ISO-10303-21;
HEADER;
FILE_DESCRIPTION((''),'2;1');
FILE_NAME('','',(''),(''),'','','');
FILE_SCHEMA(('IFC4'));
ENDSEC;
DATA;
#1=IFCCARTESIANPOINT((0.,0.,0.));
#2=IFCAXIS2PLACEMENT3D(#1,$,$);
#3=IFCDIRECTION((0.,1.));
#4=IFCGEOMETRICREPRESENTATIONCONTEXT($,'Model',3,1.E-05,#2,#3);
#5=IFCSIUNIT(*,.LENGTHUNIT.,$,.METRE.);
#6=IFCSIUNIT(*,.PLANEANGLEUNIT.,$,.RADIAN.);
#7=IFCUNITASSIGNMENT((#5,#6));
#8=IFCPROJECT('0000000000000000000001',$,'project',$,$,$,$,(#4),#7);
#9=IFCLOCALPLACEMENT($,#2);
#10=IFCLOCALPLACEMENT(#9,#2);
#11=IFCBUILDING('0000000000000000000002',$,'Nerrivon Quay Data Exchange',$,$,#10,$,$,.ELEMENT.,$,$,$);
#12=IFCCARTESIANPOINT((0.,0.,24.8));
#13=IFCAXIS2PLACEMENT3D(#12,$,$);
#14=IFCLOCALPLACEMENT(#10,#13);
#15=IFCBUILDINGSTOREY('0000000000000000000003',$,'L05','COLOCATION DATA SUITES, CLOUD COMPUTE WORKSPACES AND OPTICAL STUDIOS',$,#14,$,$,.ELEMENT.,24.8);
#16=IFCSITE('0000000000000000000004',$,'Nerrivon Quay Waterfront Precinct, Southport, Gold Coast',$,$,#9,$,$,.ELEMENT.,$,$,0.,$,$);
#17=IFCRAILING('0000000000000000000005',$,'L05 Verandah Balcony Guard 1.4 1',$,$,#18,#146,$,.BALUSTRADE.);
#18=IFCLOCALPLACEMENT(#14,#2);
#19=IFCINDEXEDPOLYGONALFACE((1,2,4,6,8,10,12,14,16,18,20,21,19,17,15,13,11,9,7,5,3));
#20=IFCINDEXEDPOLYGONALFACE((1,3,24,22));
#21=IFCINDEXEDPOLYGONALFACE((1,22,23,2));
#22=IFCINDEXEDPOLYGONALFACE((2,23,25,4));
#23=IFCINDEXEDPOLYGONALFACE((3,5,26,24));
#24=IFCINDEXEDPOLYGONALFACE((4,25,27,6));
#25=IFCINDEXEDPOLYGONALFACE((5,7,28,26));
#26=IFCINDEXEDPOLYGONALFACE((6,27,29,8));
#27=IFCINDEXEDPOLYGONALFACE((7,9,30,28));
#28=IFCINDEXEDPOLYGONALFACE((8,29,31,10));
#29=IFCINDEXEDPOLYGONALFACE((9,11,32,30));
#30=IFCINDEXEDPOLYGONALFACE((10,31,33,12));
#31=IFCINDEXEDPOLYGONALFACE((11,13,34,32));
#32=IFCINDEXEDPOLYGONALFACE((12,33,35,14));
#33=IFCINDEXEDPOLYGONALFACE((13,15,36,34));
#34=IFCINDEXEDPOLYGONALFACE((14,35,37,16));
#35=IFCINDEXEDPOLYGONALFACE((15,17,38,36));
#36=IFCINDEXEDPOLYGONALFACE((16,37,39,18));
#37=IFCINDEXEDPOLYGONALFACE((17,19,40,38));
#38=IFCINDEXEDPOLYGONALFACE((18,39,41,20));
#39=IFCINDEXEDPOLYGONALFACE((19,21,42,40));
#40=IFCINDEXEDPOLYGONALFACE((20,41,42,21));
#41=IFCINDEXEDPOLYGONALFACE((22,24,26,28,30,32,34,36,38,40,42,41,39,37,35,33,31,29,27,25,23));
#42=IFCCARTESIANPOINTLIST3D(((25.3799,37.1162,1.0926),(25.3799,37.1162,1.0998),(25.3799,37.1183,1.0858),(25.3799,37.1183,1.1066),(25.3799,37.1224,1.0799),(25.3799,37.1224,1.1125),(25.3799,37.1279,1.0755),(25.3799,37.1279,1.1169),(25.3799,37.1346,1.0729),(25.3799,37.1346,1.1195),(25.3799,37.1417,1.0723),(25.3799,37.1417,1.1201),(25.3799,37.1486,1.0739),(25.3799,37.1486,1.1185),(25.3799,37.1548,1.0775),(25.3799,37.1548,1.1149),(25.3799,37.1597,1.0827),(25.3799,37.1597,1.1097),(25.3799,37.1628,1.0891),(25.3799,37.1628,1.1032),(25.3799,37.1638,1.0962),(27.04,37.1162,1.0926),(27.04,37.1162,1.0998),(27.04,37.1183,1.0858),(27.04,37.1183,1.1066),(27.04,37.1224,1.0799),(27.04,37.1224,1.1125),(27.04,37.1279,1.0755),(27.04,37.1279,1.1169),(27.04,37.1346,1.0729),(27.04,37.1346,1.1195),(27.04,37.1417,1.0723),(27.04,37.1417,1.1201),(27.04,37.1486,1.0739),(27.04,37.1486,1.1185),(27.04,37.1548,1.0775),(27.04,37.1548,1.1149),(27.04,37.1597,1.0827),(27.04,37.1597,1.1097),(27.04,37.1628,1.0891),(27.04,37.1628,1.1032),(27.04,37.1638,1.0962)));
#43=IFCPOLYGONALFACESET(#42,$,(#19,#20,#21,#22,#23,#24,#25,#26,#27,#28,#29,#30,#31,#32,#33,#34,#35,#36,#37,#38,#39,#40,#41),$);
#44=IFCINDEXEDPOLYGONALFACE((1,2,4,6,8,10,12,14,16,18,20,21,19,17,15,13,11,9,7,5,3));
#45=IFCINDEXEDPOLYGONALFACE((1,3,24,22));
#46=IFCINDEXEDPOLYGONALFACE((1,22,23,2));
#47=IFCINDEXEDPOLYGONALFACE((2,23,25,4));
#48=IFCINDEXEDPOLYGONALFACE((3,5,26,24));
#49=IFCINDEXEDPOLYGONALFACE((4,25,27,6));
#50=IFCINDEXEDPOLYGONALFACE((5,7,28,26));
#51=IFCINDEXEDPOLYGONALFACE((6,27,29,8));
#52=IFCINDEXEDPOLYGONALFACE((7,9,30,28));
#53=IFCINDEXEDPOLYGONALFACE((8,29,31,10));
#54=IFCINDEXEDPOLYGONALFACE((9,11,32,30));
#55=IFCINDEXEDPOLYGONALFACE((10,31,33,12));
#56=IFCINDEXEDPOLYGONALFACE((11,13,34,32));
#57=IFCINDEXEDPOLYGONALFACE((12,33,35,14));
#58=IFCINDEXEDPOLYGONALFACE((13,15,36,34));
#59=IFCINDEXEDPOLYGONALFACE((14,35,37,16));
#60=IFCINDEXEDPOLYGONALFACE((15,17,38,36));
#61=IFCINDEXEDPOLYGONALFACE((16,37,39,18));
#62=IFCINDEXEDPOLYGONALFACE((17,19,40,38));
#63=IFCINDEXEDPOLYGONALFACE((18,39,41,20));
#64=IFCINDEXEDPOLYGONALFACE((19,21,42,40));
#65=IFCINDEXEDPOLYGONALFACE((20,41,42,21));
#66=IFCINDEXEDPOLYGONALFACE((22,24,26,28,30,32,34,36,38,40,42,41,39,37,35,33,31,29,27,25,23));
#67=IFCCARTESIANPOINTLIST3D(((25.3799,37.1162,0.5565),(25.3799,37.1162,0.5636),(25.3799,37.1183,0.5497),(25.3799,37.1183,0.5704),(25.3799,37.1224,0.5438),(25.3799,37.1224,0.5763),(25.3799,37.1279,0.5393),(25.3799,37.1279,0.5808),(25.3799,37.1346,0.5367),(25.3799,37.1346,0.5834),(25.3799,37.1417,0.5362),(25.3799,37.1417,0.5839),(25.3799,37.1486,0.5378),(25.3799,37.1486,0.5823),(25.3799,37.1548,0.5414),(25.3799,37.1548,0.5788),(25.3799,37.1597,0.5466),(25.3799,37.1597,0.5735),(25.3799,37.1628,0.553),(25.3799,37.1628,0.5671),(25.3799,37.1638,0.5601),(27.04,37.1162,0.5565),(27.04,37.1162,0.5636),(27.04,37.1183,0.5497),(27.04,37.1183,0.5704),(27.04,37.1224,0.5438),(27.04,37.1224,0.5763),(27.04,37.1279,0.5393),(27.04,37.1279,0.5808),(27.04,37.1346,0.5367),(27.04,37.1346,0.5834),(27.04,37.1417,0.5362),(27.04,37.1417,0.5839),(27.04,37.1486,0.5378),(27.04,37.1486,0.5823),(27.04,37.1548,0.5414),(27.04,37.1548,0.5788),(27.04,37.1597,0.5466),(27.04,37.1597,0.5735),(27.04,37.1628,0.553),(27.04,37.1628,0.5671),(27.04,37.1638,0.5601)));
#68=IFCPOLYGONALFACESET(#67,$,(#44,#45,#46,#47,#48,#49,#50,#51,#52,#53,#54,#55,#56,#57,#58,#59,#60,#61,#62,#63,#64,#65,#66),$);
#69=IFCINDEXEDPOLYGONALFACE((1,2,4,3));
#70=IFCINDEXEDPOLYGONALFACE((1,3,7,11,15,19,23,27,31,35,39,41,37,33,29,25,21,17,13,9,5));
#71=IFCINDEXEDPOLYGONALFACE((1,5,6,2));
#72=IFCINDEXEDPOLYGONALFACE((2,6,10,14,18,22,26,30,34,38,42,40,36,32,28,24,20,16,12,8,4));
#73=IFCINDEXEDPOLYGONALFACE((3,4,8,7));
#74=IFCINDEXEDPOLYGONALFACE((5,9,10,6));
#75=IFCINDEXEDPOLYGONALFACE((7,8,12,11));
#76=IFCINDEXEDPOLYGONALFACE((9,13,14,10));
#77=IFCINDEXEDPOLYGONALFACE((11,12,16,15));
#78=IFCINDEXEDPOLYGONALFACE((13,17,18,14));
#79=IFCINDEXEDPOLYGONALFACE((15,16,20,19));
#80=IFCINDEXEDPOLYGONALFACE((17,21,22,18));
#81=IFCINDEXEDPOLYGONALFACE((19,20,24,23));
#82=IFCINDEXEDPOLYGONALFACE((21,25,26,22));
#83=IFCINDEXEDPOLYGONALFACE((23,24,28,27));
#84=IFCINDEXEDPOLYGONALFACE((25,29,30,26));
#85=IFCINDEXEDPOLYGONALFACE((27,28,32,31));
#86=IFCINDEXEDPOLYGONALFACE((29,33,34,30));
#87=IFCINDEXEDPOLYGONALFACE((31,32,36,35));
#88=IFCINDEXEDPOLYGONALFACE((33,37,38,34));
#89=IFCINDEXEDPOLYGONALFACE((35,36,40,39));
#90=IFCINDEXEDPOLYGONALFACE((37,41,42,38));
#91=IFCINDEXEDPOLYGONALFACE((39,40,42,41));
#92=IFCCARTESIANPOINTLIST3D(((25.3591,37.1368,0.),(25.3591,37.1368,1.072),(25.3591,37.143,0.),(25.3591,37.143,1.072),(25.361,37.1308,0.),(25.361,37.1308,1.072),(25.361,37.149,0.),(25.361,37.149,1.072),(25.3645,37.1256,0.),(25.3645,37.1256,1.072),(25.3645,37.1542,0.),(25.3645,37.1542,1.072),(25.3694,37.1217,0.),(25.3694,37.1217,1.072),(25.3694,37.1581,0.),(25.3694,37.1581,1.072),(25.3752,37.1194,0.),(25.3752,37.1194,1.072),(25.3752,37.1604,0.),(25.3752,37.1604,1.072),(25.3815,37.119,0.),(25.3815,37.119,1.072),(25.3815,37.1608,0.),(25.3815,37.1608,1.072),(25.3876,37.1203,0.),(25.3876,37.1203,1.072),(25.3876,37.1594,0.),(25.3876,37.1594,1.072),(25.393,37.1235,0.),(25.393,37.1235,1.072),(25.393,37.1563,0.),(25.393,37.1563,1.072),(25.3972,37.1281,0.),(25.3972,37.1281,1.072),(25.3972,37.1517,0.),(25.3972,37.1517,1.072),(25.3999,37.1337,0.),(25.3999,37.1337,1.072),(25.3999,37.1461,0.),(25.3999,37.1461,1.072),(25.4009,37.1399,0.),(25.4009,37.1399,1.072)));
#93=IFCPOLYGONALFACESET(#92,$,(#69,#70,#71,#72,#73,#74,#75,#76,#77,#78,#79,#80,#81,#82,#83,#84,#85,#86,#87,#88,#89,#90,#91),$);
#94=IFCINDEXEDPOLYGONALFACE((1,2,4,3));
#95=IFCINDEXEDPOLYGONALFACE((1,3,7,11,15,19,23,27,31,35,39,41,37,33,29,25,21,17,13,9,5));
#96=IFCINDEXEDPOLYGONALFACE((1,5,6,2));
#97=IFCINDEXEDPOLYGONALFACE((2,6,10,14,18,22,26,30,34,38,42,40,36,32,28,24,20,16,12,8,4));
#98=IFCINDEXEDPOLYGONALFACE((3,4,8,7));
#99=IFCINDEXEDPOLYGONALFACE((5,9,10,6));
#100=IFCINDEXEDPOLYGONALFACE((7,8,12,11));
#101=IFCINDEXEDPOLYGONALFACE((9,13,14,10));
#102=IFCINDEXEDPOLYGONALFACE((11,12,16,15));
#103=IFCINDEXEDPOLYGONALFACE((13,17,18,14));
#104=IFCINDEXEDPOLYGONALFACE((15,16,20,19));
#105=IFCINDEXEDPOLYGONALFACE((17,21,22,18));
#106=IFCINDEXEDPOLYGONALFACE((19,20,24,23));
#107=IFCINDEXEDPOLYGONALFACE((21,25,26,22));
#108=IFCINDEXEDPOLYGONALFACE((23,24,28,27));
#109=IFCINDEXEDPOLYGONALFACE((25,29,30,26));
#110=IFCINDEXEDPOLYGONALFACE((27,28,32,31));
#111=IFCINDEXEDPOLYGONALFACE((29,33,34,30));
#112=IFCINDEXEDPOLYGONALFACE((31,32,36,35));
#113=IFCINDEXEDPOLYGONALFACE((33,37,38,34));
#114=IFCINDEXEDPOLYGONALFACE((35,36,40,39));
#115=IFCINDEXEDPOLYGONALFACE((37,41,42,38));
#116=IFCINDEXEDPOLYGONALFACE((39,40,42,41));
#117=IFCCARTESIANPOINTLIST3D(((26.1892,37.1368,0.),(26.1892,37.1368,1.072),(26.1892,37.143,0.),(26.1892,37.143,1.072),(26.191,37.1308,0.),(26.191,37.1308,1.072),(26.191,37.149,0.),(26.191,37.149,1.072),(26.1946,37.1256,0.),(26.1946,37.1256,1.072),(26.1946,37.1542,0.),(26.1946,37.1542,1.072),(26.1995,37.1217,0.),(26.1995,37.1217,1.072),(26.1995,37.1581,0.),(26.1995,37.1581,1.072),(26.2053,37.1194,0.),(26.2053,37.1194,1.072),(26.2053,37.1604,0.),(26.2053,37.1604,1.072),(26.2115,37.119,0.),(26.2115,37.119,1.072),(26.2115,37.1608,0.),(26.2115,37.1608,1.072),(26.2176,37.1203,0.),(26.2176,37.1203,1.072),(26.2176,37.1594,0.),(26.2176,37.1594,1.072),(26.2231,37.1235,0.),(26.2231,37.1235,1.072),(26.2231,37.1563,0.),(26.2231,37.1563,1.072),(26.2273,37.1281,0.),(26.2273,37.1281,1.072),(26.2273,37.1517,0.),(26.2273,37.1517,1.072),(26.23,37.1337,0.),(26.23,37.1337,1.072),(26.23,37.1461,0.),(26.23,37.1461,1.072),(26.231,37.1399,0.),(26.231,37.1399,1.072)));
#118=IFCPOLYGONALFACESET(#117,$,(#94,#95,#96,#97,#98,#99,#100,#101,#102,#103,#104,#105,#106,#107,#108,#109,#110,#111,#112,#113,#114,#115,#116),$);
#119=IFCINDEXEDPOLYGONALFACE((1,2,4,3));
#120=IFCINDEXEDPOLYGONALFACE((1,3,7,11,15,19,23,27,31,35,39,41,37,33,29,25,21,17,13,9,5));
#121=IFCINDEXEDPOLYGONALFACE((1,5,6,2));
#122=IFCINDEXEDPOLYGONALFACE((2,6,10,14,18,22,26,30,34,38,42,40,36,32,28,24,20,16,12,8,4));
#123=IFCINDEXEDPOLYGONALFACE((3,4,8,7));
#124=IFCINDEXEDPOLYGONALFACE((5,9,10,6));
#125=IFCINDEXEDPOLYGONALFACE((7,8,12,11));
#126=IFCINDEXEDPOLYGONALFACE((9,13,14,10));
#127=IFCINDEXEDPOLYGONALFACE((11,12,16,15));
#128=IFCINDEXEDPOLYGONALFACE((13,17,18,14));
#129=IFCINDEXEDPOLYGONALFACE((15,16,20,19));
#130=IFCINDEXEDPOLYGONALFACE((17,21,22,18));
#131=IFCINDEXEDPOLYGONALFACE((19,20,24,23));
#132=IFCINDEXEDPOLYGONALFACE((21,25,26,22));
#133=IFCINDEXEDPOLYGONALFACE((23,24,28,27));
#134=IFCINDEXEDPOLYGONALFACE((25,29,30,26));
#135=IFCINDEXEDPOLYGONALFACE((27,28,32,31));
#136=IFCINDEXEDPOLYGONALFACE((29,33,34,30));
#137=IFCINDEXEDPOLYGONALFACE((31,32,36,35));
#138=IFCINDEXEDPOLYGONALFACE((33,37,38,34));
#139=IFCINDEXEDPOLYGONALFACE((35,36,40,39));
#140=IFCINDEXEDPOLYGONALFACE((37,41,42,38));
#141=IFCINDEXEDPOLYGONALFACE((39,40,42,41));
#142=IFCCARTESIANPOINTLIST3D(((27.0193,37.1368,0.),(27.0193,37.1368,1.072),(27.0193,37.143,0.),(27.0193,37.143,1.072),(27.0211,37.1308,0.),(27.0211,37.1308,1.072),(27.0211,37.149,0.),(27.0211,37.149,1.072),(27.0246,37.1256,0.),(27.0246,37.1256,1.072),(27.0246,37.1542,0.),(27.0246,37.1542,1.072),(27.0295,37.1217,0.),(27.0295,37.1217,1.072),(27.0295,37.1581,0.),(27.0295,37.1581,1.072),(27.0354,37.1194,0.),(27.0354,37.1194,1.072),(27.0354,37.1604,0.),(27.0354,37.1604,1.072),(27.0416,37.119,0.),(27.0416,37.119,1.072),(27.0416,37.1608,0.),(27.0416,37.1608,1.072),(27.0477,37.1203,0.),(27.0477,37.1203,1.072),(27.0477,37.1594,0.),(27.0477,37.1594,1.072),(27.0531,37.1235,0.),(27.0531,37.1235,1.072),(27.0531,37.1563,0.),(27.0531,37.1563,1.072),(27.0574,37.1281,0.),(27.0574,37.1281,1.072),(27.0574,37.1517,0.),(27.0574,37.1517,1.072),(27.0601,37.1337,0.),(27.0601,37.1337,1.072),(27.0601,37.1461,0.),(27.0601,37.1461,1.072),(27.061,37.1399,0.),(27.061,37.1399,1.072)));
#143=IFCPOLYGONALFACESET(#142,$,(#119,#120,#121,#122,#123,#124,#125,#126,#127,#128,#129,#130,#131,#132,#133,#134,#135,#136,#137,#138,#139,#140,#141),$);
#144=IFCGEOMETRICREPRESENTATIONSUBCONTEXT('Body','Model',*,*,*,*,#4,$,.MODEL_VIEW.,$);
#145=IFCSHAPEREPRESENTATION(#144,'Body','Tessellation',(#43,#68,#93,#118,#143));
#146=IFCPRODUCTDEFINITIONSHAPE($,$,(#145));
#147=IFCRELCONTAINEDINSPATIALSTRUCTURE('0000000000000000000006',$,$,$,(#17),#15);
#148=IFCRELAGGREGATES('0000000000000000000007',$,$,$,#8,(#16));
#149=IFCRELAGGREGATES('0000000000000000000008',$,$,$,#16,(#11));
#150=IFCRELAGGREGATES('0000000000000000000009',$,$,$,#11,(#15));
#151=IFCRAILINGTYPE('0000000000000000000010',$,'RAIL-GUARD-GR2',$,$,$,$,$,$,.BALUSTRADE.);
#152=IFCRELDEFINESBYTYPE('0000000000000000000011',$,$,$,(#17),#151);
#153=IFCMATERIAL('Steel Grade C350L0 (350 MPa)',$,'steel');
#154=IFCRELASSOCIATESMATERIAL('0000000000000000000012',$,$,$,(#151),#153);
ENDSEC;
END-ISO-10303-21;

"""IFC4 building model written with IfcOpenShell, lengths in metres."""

from ifc_helpers import new_model, si_unit, direction, frame, origin, origin_2d, place, context, subcontext, project, spatial, circle, extrude, material, type_object, element, save


model = new_model("IFC4")

# Units and contexts
model_context = context("Model", 3, precision=1e-05, world=origin(), true_north=direction((0.0, 1.0)))
body_context = subcontext(model_context, "Body", "Model", "MODEL_VIEW")
ifc_project = project(units=[si_unit("LENGTHUNIT", "METRE"), si_unit("PLANEANGLEUNIT", "RADIAN")], contexts=[model_context])

# Site, building, storey
site_placement = place(None, origin())
site = spatial("IfcSite", under=ifc_project, at=site_placement, Name="Nerrivon Quay Waterfront Precinct, Southport, Gold Coast", CompositionType="ELEMENT", RefElevation=0.0)
building_placement = place(site_placement, origin())
building = spatial("IfcBuilding", under=site, at=building_placement, Name="Nerrivon Quay Data Exchange", CompositionType="ELEMENT")
storey_placement = place(building_placement, frame((0.0, 0.0, 24.8)))
storey = spatial("IfcBuildingStorey", under=building, at=storey_placement, Name="L05", Description="COLOCATION DATA SUITES, CLOUD COMPUTE WORKSPACES AND OPTICAL STUDIOS", CompositionType="ELEMENT", Elevation=24.8)

# Railing
ifc_material_1 = material(Name="Steel Grade C350L0 (350 MPa)", Category="steel")
railing_type = type_object("IfcRailingType", Name="RAIL-GUARD-GR2", PredefinedType="BALUSTRADE", material=ifc_material_1)
railing_1_placement = place(storey_placement, frame((25.3799, 37.1399, 0.0)))
element("IfcRailing", 1, at=railing_1_placement, inside=storey, type_object=railing_type, Name="L05 Verandah Balcony Guard 1.4 1", PredefinedType="BALUSTRADE", context=body_context, shape_type="SweptSolid", body=[
    extrude(circle(Radius=0.0239, at=origin_2d()), frame((0.0, 0.0, 1.0962), z_axis=(1.0, 0.0, 0.0), x_axis=(0.0, 1.0, 0.0)), (0.0, 0.0, 1.0), 1.6602),
    extrude(circle(Radius=0.0239, at=origin_2d()), frame((0.0, 0.0, 0.5601), z_axis=(1.0, 0.0, 0.0), x_axis=(0.0, 1.0, 0.0)), (0.0, 0.0, 1.0), 1.6602),
    extrude(circle(Radius=0.021, at=origin_2d()), origin(), (0.0, 0.0, 1.0), 1.072),
    extrude(circle(Radius=0.021, at=origin_2d()), frame((0.8301, 0.0, 0.0)), (0.0, 0.0, 1.0), 1.072),
    extrude(circle(Radius=0.021, at=origin_2d()), frame((1.6602, 0.0, 0.0)), (0.0, 0.0, 1.0), 1.072),
])

save(model, "model.ifc")
